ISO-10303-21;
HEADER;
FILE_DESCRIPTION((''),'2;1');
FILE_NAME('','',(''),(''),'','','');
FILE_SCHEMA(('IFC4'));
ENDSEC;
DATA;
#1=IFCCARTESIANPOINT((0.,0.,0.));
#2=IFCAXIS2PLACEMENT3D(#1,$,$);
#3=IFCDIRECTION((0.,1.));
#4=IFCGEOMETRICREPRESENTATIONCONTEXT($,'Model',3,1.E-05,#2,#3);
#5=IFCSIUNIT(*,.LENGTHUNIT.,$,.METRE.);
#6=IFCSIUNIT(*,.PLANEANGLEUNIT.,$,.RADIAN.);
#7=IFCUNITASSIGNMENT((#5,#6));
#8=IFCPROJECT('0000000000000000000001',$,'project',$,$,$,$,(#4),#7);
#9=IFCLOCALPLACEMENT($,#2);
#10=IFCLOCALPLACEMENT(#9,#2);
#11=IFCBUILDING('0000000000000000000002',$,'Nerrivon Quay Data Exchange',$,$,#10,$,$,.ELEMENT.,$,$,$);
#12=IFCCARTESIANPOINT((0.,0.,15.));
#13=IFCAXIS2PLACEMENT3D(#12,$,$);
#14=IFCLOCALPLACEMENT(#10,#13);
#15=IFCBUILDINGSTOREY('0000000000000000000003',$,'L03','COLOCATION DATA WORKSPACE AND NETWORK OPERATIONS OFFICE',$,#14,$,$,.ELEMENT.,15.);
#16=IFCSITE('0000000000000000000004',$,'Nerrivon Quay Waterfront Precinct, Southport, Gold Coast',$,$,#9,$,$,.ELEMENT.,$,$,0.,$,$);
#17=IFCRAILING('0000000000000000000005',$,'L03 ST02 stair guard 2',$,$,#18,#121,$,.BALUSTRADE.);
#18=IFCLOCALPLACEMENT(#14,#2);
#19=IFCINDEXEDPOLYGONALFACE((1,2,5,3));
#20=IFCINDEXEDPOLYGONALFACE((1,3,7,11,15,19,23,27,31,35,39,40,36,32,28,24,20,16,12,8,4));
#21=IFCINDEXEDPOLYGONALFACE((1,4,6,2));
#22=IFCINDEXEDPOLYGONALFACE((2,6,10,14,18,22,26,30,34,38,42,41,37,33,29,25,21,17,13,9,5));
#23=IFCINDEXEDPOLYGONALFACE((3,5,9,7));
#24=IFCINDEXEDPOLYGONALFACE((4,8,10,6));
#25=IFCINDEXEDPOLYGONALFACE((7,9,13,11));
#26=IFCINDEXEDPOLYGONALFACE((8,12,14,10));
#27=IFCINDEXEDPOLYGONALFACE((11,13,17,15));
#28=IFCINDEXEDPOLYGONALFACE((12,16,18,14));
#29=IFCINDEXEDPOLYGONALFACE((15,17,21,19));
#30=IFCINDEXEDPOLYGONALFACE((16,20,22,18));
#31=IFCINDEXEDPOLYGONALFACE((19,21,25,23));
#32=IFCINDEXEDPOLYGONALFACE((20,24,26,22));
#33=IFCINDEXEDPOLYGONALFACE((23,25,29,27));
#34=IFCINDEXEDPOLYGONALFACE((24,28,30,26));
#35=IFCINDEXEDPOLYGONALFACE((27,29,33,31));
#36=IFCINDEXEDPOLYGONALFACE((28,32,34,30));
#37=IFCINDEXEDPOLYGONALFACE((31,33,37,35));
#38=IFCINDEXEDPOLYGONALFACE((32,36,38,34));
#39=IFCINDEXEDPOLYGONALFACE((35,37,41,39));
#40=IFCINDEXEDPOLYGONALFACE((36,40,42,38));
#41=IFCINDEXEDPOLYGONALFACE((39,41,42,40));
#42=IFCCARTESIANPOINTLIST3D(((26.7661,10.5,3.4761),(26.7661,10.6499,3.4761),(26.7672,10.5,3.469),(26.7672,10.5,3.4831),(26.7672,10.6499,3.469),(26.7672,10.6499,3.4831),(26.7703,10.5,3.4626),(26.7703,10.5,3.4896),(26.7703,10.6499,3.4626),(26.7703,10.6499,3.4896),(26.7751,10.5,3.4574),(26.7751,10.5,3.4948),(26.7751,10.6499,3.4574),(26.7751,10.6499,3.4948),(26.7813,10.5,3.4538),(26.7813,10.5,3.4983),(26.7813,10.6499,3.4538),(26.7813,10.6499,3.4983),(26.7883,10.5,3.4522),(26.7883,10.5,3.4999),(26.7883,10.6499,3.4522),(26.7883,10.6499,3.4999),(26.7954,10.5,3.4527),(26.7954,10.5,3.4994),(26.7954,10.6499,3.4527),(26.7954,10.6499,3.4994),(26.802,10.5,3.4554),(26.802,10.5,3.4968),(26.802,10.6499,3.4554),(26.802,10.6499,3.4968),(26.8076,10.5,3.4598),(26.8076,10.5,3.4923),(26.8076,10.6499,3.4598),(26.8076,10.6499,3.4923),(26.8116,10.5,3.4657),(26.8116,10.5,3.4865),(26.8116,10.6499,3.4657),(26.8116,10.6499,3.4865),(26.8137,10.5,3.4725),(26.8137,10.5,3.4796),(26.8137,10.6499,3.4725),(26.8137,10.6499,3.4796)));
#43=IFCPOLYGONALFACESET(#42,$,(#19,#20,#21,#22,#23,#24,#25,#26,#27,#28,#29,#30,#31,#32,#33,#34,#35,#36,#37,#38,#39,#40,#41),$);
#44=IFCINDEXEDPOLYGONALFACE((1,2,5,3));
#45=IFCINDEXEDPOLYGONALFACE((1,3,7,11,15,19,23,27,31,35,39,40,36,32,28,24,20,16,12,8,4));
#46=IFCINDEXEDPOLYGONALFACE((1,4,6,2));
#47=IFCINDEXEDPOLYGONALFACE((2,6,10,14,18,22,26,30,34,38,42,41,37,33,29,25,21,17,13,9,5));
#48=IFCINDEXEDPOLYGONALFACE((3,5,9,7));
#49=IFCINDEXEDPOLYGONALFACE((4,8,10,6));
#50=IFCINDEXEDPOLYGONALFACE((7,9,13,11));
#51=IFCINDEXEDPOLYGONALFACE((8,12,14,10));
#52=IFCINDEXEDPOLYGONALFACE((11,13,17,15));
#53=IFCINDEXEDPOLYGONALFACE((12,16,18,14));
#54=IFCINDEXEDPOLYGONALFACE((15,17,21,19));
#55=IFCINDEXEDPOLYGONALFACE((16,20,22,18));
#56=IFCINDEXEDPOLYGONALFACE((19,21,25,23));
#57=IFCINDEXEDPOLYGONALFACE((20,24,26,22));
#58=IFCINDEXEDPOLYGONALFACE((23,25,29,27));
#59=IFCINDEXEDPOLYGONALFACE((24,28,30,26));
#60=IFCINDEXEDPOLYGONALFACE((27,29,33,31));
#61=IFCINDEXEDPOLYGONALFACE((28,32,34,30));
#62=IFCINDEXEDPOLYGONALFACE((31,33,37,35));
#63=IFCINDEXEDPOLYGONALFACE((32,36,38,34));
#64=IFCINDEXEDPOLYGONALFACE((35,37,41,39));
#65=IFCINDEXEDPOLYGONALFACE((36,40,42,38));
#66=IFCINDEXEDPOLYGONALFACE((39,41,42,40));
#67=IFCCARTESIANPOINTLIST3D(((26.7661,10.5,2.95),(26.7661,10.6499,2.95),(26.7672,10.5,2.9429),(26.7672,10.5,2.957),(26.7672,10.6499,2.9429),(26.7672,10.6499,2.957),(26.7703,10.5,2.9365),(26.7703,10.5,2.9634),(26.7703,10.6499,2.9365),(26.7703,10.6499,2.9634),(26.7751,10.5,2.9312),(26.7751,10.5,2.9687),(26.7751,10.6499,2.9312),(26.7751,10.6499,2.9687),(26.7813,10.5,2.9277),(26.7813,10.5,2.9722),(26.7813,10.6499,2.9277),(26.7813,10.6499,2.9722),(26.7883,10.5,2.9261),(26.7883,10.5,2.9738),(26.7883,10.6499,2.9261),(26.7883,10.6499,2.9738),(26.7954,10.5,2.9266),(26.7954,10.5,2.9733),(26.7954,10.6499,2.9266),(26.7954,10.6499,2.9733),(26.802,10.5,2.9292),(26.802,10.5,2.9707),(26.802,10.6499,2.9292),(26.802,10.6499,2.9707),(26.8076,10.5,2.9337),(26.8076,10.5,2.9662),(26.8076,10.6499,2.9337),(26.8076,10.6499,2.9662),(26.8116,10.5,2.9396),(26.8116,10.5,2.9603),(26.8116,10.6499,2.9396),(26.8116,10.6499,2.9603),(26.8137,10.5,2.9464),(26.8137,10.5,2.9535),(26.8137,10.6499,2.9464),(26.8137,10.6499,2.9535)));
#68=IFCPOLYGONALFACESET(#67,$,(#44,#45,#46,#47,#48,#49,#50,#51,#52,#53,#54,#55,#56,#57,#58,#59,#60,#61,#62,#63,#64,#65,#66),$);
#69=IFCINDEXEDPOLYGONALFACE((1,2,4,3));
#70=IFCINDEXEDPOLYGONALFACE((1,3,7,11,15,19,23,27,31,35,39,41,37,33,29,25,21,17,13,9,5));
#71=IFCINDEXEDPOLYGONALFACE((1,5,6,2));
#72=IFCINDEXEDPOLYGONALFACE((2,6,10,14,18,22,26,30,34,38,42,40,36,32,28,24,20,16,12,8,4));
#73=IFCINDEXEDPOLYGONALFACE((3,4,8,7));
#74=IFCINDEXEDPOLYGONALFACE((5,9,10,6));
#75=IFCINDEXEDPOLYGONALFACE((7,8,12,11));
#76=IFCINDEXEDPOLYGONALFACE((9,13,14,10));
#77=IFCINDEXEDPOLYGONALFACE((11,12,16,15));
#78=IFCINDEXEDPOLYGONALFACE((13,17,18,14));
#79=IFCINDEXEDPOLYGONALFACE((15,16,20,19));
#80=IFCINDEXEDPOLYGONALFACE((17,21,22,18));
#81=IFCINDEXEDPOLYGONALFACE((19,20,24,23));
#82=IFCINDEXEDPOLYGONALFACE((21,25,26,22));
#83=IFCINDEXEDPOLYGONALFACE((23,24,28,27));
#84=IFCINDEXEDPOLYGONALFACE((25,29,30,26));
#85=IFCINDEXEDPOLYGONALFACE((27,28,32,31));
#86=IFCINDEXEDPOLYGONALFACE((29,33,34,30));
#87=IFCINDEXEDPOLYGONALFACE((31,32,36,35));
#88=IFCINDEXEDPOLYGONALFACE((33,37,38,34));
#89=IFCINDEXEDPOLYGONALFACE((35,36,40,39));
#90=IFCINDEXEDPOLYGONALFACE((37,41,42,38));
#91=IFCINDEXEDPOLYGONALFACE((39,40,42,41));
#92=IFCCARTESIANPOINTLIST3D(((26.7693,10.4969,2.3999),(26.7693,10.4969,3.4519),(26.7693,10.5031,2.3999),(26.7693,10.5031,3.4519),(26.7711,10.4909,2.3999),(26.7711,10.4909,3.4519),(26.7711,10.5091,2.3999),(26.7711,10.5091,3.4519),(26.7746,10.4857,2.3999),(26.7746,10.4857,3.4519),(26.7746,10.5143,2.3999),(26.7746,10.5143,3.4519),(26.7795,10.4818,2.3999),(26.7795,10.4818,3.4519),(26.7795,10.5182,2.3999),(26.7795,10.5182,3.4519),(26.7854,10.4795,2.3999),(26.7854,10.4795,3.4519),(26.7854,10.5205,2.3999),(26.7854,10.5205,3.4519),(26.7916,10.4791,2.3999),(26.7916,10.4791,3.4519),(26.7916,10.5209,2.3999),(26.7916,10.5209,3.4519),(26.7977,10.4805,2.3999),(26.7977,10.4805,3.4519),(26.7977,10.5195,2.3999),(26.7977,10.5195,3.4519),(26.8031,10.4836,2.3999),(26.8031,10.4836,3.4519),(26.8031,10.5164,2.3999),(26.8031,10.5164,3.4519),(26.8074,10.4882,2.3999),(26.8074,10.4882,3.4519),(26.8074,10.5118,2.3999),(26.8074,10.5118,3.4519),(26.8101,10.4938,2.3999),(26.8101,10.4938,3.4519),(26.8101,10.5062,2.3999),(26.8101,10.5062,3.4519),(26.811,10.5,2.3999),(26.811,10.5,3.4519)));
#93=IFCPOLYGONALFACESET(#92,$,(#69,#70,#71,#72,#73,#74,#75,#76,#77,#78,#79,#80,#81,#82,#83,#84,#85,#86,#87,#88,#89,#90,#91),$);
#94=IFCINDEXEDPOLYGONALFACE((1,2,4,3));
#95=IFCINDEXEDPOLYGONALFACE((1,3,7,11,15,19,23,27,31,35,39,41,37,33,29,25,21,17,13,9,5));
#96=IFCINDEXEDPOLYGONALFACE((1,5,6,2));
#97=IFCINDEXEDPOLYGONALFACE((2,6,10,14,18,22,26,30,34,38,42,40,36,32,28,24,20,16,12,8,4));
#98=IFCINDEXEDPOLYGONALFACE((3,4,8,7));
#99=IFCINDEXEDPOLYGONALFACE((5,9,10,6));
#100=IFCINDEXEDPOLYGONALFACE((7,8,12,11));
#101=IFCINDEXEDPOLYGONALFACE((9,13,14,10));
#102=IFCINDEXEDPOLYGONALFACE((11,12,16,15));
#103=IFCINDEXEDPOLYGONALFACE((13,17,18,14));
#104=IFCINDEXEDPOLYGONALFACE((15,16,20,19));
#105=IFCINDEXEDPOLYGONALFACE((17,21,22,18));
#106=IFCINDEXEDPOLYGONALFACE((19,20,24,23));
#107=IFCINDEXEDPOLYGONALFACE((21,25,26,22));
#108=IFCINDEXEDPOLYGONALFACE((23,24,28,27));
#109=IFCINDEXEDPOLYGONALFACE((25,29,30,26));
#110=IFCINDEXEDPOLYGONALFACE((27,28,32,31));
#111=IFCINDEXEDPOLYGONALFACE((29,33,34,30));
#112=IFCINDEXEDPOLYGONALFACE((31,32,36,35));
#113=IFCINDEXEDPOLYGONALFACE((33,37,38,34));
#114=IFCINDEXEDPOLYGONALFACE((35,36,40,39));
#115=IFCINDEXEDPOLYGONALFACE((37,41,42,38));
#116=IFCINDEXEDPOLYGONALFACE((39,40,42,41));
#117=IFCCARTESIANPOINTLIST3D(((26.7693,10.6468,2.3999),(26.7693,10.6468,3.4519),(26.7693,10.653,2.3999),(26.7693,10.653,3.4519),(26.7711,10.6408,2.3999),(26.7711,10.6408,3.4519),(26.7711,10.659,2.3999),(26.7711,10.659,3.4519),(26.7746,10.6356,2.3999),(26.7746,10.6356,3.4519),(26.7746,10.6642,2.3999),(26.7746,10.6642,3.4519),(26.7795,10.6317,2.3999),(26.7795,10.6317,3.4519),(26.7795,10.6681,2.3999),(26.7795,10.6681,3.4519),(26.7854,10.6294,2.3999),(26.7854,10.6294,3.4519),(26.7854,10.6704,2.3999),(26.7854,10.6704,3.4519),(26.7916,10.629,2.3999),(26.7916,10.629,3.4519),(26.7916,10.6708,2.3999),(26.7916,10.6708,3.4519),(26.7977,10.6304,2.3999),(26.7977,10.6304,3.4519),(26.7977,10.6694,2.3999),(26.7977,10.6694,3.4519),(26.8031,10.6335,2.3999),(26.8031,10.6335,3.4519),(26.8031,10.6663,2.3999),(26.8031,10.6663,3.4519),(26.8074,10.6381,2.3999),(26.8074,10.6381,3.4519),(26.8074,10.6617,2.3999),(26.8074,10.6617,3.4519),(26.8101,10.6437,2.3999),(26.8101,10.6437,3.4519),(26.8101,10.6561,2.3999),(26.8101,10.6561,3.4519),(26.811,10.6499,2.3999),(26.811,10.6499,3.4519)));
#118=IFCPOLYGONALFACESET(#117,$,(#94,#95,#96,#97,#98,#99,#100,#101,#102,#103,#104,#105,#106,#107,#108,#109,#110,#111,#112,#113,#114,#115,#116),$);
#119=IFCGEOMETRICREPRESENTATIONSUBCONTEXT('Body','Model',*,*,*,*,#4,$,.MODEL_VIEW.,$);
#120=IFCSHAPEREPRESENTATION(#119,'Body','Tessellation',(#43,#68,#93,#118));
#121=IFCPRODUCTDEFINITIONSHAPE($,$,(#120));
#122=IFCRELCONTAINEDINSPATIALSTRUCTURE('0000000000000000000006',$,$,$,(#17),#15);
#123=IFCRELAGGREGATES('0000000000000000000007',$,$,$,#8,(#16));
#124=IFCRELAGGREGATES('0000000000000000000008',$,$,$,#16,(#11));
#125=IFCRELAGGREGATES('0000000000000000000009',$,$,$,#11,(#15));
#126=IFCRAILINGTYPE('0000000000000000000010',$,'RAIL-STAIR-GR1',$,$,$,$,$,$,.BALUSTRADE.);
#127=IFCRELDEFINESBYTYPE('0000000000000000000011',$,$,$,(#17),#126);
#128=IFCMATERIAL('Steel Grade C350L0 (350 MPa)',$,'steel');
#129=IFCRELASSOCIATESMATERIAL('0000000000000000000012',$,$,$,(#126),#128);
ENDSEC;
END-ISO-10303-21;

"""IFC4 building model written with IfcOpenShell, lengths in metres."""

from ifc_helpers import new_model, si_unit, direction, frame, origin, origin_2d, place, context, subcontext, project, spatial, circle, extrude, material, type_object, element, save


model = new_model("IFC4")

# Units and contexts
model_context = context("Model", 3, precision=1e-05, world=origin(), true_north=direction((0.0, 1.0)))
body_context = subcontext(model_context, "Body", "Model", "MODEL_VIEW")
ifc_project = project(units=[si_unit("LENGTHUNIT", "METRE"), si_unit("PLANEANGLEUNIT", "RADIAN")], contexts=[model_context])

# Site, building, storey
site_placement = place(None, origin())
site = spatial("IfcSite", under=ifc_project, at=site_placement, Name="Nerrivon Quay Waterfront Precinct, Southport, Gold Coast", CompositionType="ELEMENT", RefElevation=0.0)
building_placement = place(site_placement, origin())
building = spatial("IfcBuilding", under=site, at=building_placement, Name="Nerrivon Quay Data Exchange", CompositionType="ELEMENT")
storey_placement = place(building_placement, frame((0.0, 0.0, 15.0)))
storey = spatial("IfcBuildingStorey", under=building, at=storey_placement, Name="L03", Description="COLOCATION DATA WORKSPACE AND NETWORK OPERATIONS OFFICE", CompositionType="ELEMENT", Elevation=15.0)

# Railing
ifc_material_1 = material(Name="Steel Grade C350L0 (350 MPa)", Category="steel")
railing_type_1 = type_object("IfcRailingType", Name="RAIL-STAIR-GR1", PredefinedType="BALUSTRADE", material=ifc_material_1)
railing_1_placement = place(storey_placement, frame((26.79, 10.5, 2.3999)))
element("IfcRailing", 1, at=railing_1_placement, inside=storey, type_object=railing_type_1, Name="L03 ST02 stair guard 2", PredefinedType="BALUSTRADE", context=body_context, shape_type="SweptSolid", body=[
    extrude(circle(Radius=0.0239, at=origin_2d()), frame((0.0, 0.0, 1.0762), z_axis=(0.0, 1.0, 0.0), x_axis=(-1.0, 0.0, 0.0)), (0.0, 0.0, 1.0), 0.1499),
    extrude(circle(Radius=0.0239, at=origin_2d()), frame((0.0, 0.0, 0.55), z_axis=(0.0, 1.0, 0.0), x_axis=(-1.0, 0.0, 0.0)), (0.0, 0.0, 1.0), 0.1499),
    extrude(circle(Radius=0.021, at=origin_2d()), origin(), (0.0, 0.0, 1.0), 1.052),
    extrude(circle(Radius=0.021, at=origin_2d()), frame((0.0, 0.1499, 0.0)), (0.0, 0.0, 1.0), 1.052),
])

save(model, "model.ifc")
